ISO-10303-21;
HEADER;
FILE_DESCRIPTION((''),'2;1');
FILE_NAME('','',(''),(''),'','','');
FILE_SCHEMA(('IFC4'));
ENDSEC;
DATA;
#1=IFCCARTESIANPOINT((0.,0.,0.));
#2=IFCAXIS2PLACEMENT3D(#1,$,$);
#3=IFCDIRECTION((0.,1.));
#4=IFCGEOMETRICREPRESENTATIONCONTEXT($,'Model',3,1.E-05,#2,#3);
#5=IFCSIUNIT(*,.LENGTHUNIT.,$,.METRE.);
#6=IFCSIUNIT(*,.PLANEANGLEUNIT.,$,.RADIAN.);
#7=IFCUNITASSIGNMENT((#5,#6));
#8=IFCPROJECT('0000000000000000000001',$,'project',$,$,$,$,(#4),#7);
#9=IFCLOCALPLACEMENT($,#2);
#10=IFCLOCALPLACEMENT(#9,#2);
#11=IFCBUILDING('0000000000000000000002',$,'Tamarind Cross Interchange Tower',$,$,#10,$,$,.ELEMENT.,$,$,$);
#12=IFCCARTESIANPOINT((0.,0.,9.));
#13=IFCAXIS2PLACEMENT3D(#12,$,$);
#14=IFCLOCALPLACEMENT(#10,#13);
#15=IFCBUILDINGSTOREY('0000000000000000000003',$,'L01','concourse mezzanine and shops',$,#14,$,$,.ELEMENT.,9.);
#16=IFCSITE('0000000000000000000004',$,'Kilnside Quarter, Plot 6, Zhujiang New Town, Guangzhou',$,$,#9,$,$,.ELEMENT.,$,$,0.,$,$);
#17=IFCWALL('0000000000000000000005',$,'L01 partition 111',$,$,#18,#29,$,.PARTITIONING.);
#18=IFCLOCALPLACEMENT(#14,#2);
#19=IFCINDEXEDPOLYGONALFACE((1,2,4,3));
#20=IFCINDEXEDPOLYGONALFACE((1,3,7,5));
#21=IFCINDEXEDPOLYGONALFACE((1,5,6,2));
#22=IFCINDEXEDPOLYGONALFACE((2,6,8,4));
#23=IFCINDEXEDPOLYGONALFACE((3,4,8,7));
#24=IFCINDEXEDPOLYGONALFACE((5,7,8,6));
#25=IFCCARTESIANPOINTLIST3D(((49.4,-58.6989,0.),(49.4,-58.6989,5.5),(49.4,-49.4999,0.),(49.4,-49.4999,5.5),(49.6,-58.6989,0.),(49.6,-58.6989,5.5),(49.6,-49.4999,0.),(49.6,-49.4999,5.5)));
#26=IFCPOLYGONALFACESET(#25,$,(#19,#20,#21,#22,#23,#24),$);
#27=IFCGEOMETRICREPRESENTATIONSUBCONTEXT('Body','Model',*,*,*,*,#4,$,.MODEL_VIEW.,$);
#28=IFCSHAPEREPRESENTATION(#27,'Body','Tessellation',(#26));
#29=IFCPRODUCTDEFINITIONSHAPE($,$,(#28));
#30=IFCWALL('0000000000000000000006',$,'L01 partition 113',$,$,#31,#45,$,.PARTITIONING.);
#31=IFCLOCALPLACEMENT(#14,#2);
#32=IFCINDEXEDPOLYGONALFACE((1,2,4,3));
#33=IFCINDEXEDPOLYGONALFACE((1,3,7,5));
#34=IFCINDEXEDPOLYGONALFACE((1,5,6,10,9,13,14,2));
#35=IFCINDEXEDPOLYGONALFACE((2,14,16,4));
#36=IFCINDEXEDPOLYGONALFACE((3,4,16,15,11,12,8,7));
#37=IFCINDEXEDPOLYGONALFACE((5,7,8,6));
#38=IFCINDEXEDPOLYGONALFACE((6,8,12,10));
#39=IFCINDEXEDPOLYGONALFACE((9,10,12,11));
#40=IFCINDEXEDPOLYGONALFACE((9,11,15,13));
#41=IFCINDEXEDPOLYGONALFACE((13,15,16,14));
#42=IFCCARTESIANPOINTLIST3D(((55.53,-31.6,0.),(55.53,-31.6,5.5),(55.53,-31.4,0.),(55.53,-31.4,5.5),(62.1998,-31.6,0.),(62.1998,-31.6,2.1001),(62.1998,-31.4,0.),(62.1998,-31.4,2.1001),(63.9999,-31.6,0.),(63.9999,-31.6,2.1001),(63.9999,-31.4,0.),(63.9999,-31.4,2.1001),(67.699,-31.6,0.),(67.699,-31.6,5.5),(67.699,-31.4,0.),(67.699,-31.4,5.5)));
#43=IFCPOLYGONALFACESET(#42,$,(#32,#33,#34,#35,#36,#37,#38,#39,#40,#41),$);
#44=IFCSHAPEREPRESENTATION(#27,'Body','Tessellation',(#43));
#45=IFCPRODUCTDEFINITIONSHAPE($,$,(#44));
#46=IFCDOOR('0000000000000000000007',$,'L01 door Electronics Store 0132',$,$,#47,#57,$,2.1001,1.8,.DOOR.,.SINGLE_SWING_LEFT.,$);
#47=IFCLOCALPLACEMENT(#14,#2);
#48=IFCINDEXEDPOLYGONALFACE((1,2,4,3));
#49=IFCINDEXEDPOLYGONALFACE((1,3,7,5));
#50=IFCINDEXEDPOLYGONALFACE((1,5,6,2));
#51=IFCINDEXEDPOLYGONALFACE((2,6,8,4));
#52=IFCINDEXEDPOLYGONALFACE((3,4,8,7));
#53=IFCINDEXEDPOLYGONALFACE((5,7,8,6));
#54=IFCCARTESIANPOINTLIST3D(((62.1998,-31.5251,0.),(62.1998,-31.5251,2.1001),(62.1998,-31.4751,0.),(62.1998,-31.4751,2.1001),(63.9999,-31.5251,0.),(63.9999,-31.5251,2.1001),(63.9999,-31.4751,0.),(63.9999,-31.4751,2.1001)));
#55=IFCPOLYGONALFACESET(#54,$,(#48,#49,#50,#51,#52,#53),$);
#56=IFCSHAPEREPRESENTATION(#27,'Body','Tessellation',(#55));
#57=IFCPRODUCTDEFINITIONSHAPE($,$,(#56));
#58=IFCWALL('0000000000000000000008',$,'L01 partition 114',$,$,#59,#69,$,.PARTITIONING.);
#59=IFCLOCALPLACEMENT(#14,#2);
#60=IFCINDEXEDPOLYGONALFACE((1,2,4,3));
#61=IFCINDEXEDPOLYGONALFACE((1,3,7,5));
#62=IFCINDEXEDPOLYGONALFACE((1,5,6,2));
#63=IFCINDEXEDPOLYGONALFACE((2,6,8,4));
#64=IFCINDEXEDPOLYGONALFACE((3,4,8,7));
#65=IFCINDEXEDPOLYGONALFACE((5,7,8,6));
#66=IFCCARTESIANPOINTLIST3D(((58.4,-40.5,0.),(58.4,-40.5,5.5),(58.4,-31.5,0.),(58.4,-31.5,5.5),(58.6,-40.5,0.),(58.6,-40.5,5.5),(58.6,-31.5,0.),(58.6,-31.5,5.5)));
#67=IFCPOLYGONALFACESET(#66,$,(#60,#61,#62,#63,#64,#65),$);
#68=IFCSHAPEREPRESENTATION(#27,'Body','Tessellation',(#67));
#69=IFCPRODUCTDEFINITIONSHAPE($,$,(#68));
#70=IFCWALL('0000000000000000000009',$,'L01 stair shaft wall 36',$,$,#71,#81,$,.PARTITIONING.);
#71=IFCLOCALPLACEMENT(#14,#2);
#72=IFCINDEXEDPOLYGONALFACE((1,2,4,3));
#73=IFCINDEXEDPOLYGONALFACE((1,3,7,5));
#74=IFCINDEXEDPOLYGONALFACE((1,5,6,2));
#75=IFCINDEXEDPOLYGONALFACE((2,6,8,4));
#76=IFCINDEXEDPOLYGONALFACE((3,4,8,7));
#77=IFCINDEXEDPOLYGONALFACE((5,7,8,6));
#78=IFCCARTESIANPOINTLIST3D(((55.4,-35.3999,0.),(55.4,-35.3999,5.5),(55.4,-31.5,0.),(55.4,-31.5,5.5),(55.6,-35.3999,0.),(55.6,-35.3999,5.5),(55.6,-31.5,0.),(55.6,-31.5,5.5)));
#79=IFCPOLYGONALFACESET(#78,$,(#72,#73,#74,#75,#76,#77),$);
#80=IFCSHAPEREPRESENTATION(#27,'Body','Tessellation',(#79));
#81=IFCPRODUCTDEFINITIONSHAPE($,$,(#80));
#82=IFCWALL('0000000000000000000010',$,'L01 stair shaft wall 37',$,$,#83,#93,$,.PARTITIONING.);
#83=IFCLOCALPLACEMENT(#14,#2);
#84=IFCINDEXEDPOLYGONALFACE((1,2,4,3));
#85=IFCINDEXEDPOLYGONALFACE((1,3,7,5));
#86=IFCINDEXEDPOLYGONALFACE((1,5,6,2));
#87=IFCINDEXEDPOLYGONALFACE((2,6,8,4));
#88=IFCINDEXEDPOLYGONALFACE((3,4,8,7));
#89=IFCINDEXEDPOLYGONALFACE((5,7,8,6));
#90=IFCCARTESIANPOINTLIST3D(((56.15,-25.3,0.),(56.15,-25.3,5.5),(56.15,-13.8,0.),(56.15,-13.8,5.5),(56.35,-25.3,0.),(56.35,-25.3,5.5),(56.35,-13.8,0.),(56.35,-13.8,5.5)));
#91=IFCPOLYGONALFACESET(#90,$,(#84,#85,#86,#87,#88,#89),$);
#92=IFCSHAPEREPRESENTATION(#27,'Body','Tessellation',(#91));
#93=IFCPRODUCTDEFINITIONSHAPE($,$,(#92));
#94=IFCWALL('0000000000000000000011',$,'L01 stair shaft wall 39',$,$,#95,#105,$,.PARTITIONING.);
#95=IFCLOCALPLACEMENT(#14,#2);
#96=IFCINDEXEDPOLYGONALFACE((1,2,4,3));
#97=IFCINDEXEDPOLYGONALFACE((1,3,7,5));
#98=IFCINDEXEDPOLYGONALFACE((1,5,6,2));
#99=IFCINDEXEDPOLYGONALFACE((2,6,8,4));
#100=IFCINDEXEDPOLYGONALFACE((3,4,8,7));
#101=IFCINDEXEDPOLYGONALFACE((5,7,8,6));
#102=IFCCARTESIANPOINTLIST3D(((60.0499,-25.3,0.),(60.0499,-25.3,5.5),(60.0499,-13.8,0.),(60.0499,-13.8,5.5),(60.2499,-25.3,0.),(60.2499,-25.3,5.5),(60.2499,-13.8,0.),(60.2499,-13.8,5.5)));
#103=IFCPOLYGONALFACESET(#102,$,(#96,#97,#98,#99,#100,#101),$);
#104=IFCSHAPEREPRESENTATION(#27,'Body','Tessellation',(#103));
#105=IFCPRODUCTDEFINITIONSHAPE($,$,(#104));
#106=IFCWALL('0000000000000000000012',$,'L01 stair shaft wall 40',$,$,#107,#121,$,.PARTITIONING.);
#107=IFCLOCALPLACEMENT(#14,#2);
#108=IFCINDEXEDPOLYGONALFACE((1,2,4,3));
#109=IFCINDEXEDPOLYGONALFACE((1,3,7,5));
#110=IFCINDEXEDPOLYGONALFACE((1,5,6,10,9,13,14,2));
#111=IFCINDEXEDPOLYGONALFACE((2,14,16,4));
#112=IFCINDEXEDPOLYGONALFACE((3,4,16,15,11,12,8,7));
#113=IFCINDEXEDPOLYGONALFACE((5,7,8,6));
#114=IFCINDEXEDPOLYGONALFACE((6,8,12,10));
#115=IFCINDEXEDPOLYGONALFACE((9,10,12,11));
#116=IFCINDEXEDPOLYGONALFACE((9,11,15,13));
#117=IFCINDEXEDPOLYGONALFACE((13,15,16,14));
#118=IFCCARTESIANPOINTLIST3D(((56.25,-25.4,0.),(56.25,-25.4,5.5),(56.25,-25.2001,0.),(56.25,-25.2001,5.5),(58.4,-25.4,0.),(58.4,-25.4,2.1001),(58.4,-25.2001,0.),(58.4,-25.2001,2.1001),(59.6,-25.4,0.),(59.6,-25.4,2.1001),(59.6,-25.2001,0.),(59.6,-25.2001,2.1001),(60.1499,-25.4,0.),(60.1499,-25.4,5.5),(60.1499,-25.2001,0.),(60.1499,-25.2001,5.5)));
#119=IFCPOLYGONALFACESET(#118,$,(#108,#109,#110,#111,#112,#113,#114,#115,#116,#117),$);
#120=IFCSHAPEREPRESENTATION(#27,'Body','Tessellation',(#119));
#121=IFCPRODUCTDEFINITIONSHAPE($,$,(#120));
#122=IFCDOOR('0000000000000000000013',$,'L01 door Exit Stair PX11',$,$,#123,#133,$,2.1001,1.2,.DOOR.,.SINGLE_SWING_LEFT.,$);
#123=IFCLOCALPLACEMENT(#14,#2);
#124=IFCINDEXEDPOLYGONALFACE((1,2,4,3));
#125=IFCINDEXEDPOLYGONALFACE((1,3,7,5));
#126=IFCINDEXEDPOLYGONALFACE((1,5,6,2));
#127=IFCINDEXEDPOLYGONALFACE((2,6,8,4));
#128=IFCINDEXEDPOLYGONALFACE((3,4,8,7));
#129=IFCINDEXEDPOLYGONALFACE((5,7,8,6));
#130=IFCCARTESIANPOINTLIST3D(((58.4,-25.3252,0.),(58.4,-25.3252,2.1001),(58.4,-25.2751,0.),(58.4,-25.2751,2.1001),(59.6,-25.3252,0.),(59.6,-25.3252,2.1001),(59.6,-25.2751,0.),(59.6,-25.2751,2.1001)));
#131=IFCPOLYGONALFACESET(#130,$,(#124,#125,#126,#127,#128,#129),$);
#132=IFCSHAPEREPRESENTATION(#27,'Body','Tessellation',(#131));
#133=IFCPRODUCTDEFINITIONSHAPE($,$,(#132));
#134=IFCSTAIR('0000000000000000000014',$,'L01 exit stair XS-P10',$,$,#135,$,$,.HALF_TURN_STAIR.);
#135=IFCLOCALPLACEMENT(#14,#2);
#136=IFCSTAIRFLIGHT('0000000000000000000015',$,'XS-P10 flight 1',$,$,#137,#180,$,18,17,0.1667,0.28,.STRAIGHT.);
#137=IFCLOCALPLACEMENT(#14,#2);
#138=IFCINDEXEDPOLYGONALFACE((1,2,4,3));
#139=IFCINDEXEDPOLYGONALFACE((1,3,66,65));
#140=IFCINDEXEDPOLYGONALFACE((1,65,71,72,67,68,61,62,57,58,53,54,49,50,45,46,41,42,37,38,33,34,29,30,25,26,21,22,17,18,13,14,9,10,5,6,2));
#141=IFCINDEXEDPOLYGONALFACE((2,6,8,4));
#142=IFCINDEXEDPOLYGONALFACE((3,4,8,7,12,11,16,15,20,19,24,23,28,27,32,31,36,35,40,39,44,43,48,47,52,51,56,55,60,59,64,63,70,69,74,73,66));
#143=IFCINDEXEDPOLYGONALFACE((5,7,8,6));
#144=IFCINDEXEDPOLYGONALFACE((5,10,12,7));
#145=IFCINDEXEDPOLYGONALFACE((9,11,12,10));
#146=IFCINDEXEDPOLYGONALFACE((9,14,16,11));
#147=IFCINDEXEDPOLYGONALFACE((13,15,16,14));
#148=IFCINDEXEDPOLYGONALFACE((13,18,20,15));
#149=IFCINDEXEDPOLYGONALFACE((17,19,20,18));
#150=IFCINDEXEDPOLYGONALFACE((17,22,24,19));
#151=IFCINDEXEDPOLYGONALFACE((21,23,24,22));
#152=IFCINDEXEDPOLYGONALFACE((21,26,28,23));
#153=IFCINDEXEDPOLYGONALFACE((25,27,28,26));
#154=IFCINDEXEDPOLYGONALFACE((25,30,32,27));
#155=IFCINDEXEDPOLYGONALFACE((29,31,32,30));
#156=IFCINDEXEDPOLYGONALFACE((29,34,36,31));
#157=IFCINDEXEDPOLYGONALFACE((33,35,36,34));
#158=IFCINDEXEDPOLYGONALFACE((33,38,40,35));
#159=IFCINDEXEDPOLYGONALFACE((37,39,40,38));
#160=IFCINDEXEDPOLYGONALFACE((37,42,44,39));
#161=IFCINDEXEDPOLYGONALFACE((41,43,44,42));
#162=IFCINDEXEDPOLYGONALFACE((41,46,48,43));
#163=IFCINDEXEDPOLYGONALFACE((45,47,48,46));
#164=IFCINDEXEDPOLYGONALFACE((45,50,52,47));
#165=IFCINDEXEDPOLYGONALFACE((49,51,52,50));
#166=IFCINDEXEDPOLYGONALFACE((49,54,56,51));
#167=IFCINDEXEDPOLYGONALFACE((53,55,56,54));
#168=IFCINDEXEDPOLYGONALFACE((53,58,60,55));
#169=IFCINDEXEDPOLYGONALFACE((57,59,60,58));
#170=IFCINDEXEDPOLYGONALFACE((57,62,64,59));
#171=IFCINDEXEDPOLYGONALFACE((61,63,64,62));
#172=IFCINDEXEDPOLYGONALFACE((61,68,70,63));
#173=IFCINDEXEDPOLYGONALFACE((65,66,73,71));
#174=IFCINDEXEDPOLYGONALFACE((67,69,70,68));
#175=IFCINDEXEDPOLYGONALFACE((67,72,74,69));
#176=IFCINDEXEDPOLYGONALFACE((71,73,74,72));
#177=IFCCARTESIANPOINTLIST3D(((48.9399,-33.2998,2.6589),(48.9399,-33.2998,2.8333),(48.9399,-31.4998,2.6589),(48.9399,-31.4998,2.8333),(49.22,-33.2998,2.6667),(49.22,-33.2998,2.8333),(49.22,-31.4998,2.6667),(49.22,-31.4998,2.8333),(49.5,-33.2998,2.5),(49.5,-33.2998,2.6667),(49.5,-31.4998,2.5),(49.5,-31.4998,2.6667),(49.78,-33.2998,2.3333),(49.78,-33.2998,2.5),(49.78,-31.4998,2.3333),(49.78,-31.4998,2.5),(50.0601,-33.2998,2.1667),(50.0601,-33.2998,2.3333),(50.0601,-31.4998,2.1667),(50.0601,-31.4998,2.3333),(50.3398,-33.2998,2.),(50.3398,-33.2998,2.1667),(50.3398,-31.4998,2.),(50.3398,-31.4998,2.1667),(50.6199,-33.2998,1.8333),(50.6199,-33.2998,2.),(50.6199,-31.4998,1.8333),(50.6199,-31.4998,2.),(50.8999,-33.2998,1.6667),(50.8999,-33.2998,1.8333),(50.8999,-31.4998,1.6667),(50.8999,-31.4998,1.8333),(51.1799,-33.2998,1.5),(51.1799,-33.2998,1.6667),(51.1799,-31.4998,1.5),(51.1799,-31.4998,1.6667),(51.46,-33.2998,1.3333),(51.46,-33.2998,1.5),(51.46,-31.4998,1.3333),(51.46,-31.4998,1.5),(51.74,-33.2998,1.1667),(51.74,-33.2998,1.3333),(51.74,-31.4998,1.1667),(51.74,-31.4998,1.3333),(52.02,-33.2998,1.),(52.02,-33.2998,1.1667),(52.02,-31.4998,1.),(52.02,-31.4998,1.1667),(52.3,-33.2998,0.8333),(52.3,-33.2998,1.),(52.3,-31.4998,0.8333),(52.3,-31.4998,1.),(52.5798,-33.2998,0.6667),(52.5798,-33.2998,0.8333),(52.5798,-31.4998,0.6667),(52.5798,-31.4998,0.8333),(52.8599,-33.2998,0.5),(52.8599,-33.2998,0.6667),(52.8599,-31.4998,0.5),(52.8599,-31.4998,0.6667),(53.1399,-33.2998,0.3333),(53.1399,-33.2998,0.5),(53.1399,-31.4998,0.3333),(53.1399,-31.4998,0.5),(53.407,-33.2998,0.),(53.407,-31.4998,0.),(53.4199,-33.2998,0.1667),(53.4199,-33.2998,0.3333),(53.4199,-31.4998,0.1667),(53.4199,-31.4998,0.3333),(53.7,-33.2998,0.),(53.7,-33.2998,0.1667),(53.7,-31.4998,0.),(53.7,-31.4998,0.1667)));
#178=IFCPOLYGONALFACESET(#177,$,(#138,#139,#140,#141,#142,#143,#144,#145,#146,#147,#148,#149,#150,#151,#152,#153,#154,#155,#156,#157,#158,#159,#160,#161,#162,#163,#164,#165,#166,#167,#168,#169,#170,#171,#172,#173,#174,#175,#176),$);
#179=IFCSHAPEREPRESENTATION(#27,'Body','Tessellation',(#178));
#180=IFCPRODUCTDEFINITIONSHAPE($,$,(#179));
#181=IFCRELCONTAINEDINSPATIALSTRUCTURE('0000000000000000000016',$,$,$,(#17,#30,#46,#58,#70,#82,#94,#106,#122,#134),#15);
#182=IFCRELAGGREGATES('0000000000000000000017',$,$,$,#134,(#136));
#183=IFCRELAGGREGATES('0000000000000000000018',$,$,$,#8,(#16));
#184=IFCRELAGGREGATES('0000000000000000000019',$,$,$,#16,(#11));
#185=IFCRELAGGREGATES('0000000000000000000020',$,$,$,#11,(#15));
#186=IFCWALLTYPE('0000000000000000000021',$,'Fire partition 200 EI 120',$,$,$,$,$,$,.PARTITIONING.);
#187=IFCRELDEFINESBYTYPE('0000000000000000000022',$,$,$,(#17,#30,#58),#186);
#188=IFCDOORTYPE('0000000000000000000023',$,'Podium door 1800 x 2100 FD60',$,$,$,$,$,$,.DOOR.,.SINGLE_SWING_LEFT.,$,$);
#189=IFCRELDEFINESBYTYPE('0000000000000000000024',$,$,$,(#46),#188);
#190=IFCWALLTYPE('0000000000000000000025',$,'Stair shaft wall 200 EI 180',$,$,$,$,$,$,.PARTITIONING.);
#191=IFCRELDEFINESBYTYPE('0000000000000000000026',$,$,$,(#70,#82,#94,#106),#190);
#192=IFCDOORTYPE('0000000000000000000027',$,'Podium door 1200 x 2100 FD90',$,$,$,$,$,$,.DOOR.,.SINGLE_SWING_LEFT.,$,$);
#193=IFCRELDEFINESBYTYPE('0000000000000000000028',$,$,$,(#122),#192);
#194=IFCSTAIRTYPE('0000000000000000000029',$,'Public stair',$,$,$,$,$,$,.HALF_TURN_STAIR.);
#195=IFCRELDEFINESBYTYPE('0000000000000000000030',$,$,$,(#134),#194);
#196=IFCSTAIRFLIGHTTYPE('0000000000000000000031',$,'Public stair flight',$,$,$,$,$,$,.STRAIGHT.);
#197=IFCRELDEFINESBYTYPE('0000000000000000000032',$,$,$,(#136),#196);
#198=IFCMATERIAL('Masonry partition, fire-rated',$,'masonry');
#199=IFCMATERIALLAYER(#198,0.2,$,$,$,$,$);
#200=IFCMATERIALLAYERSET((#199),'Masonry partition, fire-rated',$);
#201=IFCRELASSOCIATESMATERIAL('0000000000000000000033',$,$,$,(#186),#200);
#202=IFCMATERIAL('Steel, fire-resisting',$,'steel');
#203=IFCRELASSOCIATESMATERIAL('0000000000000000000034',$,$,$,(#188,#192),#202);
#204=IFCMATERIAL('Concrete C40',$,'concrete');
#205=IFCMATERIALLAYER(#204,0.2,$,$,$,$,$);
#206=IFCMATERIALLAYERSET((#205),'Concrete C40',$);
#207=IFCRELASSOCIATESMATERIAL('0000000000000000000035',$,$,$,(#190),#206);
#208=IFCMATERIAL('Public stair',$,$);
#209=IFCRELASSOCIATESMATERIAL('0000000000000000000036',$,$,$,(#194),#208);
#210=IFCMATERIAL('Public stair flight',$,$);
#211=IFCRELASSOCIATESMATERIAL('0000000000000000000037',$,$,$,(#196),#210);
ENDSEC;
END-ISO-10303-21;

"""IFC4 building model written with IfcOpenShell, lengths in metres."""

from ifc_helpers import new_model, si_unit, direction, frame, frame_2d, origin, place, context, subcontext, project, spatial, polyline, rectangle, outline, extrude, material, layer, layer_set, type_object, element, fill, aggregate, save


model = new_model("IFC4")

# Units and contexts
model_context = context("Model", 3, precision=1e-05, world=origin(), true_north=direction((0.0, 1.0)))
body_context = subcontext(model_context, "Body", "Model", "MODEL_VIEW")
ifc_project = project(units=[si_unit("LENGTHUNIT", "METRE"), si_unit("PLANEANGLEUNIT", "RADIAN")], contexts=[model_context])

# Site, building, storey
site_placement = place(None, origin())
site = spatial("IfcSite", under=ifc_project, at=site_placement, Name="Kilnside Quarter, Plot 6, Zhujiang New Town, Guangzhou", CompositionType="ELEMENT", RefElevation=0.0)
building_placement = place(site_placement, origin())
building = spatial("IfcBuilding", under=site, at=building_placement, Name="Tamarind Cross Interchange Tower", CompositionType="ELEMENT")
storey_placement = place(building_placement, frame((0.0, 0.0, 9.0)))
storey = spatial("IfcBuildingStorey", under=building, at=storey_placement, Name="L01", Description="concourse mezzanine and shops", CompositionType="ELEMENT", Elevation=9.0)

# Wall
ifc_material_1 = material(Name="Masonry partition, fire-rated", Category="masonry")
ifc_layer_1 = layer(ifc_material_1, 0.2)
ifc_layer_set_1 = layer_set([ifc_layer_1], Name="Masonry partition, fire-rated")
wall_type_1 = type_object("IfcWallType", Name="Fire partition 200 EI 120", PredefinedType="PARTITIONING", material=ifc_layer_set_1)
wall_1_placement = place(storey_placement, frame((49.5, -58.699, 0.0), z_axis=(0.0, 0.0, 1.0), x_axis=(0.0, 1.0, 0.0)))
element("IfcWall", 1, at=wall_1_placement, inside=storey, type_object=wall_type_1, Name="L01 partition 111", PredefinedType="PARTITIONING", context=body_context, shape_type="SweptSolid", body=[
    extrude(rectangle(XDim=9.199, YDim=0.2, at=frame_2d((4.5996, 0.0))), origin(), (0.0, 0.0, 1.0), 5.5),
])

# Wall, opening, door
wall_2_placement = place(storey_placement, frame((55.53, -31.5, 0.0), z_axis=(0.0, 0.0, 1.0), x_axis=(1.0, 0.0, 0.0)))
wall_2 = element("IfcWall", 2, at=wall_2_placement, inside=storey, type_object=wall_type_1, Name="L01 partition 113", PredefinedType="PARTITIONING", context=body_context, shape_type="SweptSolid", body=[
    extrude(rectangle(XDim=12.1689, YDim=0.2, at=frame_2d((6.0845, 0.0))), origin(), (0.0, 0.0, 1.0), 5.5),
])
opening_1_placement = place(wall_2_placement, frame((6.6699, 0.0, 0.0)))
opening_1 = element("IfcOpeningElement", 3, at=opening_1_placement, cuts=wall_2, PredefinedType="OPENING", context=body_context, shape_type="SweptSolid", body=[
    extrude(rectangle(XDim=1.8, YDim=2.1001, at=frame_2d((0.8999, 1.05))), frame((0.0, 0.1099, 0.0), z_axis=(0.0, -1.0, 0.0), x_axis=(1.0, 0.0, 0.0)), (0.0, 0.0, 1.0), 0.22),
])
ifc_material_2 = material(Name="Steel, fire-resisting", Category="steel")
door_type_1 = type_object("IfcDoorType", Name="Podium door 1800 x 2100 FD60", OperationType="SINGLE_SWING_LEFT", PredefinedType="DOOR", material=ifc_material_2)
door_1_placement = place(opening_1_placement, origin())
door_1 = element("IfcDoor", 4, at=door_1_placement, inside=storey, type_object=door_type_1, Name="L01 door Electronics Store 0132", OperationType="SINGLE_SWING_LEFT", OverallHeight=2.1001, OverallWidth=1.8, PredefinedType="DOOR", context=body_context, shape_type="SweptSolid", body=[
    extrude(rectangle(XDim=1.8, YDim=2.1001, at=frame_2d((0.8999, 1.05))), frame((0.0, 0.0249, 0.0), z_axis=(0.0, -1.0, 0.0), x_axis=(1.0, 0.0, 0.0)), (0.0, 0.0, 1.0), 0.05),
])
fill(opening_1, door_1)

# Walls
wall_3_placement = place(storey_placement, frame((58.5, -40.5, 0.0), z_axis=(0.0, 0.0, 1.0), x_axis=(0.0, 1.0, 0.0)))
element("IfcWall", 5, at=wall_3_placement, inside=storey, type_object=wall_type_1, Name="L01 partition 114", PredefinedType="PARTITIONING", context=body_context, shape_type="SweptSolid", body=[
    extrude(rectangle(XDim=9.0, YDim=0.2, at=frame_2d((4.5, 0.0))), origin(), (0.0, 0.0, 1.0), 5.5),
])
ifc_material_3 = material(Name="Concrete C40", Category="concrete")
ifc_layer_2 = layer(ifc_material_3, 0.2)
ifc_layer_set_2 = layer_set([ifc_layer_2], Name="Concrete C40")
wall_type_2 = type_object("IfcWallType", Name="Stair shaft wall 200 EI 180", PredefinedType="PARTITIONING", material=ifc_layer_set_2)
wall_4_placement = place(storey_placement, frame((55.5, -35.3999, 0.0), z_axis=(0.0, 0.0, 1.0), x_axis=(0.0, 1.0, 0.0)))
element("IfcWall", 6, at=wall_4_placement, inside=storey, type_object=wall_type_2, Name="L01 stair shaft wall 36", PredefinedType="PARTITIONING", context=body_context, shape_type="SweptSolid", body=[
    extrude(rectangle(XDim=3.8999, YDim=0.2, at=frame_2d((1.95, 0.0))), origin(), (0.0, 0.0, 1.0), 5.5),
])
for number, where, z_axis, x_axis, name in (
    (7, (56.25, -25.3, 0.0), (0.0, 0.0, 1.0), (0.0, 1.0, 0.0), "L01 stair shaft wall 37"),
    (8, (60.1499, -25.3, 0.0), (0.0, 0.0, 1.0), (0.0, 1.0, 0.0), "L01 stair shaft wall 39"),
):
    element("IfcWall", number, at=place(storey_placement, frame(where, z_axis=z_axis, x_axis=x_axis)), inside=storey, type_object=wall_type_2, Name=name, PredefinedType="PARTITIONING", context=body_context, shape_type="SweptSolid", body=[
        extrude(rectangle(XDim=11.5, YDim=0.2, at=frame_2d((5.75, 0.0))), origin(), (0.0, 0.0, 1.0), 5.5),
    ])

# Wall, opening, door
wall_5_placement = place(storey_placement, frame((56.25, -25.3, 0.0), z_axis=(0.0, 0.0, 1.0), x_axis=(1.0, 0.0, 0.0)))
wall_5 = element("IfcWall", 9, at=wall_5_placement, inside=storey, type_object=wall_type_2, Name="L01 stair shaft wall 40", PredefinedType="PARTITIONING", context=body_context, shape_type="SweptSolid", body=[
    extrude(rectangle(XDim=3.8999, YDim=0.2, at=frame_2d((1.95, 0.0))), origin(), (0.0, 0.0, 1.0), 5.5),
])
opening_2_placement = place(wall_5_placement, frame((2.1499, 0.0, 0.0)))
opening_2 = element("IfcOpeningElement", 10, at=opening_2_placement, cuts=wall_5, PredefinedType="OPENING", context=body_context, shape_type="SweptSolid", body=[
    extrude(rectangle(XDim=1.2, YDim=2.1001, at=frame_2d((0.6001, 1.05))), frame((0.0, 0.1099, 0.0), z_axis=(0.0, -1.0, 0.0), x_axis=(1.0, 0.0, 0.0)), (0.0, 0.0, 1.0), 0.22),
])
door_type_2 = type_object("IfcDoorType", Name="Podium door 1200 x 2100 FD90", OperationType="SINGLE_SWING_LEFT", PredefinedType="DOOR", material=ifc_material_2)
door_2_placement = place(opening_2_placement, origin())
door_2 = element("IfcDoor", 11, at=door_2_placement, inside=storey, type_object=door_type_2, Name="L01 door Exit Stair PX11", OperationType="SINGLE_SWING_LEFT", OverallHeight=2.1001, OverallWidth=1.2, PredefinedType="DOOR", context=body_context, shape_type="SweptSolid", body=[
    extrude(rectangle(XDim=1.2, YDim=2.1001, at=frame_2d((0.6001, 1.05))), frame((0.0, 0.0249, 0.0), z_axis=(0.0, -1.0, 0.0), x_axis=(1.0, 0.0, 0.0)), (0.0, 0.0, 1.0), 0.05),
])
fill(opening_2, door_2)

# Stair, stair flight
ifc_material_4 = material(Name="Public stair")
stair_type = type_object("IfcStairType", Name="Public stair", PredefinedType="HALF_TURN_STAIR", material=ifc_material_4)
stair_placement = place(storey_placement, origin())
stair = element("IfcStair", 12, at=stair_placement, inside=storey, type_object=stair_type, Name="L01 exit stair XS-P10", PredefinedType="HALF_TURN_STAIR")
ifc_material_5 = material(Name="Public stair flight")
stair_flight_type = type_object("IfcStairFlightType", Name="Public stair flight", PredefinedType="STRAIGHT", material=ifc_material_5)
stair_flight_1_placement = place(storey_placement, frame((53.7, -32.3999, 0.0), z_axis=(0.0, 0.0, 1.0), x_axis=(-1.0, 0.0, 0.0)))
stair_flight_1 = element("IfcStairFlight", 13, at=stair_flight_1_placement, type_object=stair_flight_type, Name="XS-P10 flight 1", NumberOfRisers=18, NumberOfTreads=17, PredefinedType="STRAIGHT", RiserHeight=0.1667, TreadLength=0.28, context=body_context, shape_type="SweptSolid", body=[
    extrude(outline(polyline([(0.0, 0.0), (0.0, 0.1667), (0.28, 0.1667), (0.28, 0.3333), (0.5601, 0.3333), (0.5601, 0.5), (0.8401, 0.5), (0.8401, 0.6667), (1.1201, 0.6667), (1.1201, 0.8333), (1.3999, 0.8333), (1.3999, 1.0), (1.6799, 1.0), (1.6799, 1.1667), (1.96, 1.1667), (1.96, 1.3333), (2.24, 1.3333), (2.24, 1.5), (2.52, 1.5), (2.52, 1.6667), (2.8, 1.6667), (2.8, 1.8333), (3.0801, 1.8333), (3.0801, 2.0), (3.3601, 2.0), (3.3601, 2.1667), (3.6399, 2.1667), (3.6399, 2.3333), (3.9199, 2.3333), (3.9199, 2.5), (4.2, 2.5), (4.2, 2.6667), (4.48, 2.6667), (4.48, 2.8333), (4.76, 2.8333), (4.76, 3.0), (4.76, 2.6589), (0.293, 0.0), (0.0, 0.0)])), frame((0.0, 0.8999, 0.0), z_axis=(0.0, -1.0, 0.0), x_axis=(1.0, 0.0, 0.0)), (0.0, 0.0, 1.0), 1.8),
])
aggregate(stair, [stair_flight_1])

save(model, "model.ifc")
